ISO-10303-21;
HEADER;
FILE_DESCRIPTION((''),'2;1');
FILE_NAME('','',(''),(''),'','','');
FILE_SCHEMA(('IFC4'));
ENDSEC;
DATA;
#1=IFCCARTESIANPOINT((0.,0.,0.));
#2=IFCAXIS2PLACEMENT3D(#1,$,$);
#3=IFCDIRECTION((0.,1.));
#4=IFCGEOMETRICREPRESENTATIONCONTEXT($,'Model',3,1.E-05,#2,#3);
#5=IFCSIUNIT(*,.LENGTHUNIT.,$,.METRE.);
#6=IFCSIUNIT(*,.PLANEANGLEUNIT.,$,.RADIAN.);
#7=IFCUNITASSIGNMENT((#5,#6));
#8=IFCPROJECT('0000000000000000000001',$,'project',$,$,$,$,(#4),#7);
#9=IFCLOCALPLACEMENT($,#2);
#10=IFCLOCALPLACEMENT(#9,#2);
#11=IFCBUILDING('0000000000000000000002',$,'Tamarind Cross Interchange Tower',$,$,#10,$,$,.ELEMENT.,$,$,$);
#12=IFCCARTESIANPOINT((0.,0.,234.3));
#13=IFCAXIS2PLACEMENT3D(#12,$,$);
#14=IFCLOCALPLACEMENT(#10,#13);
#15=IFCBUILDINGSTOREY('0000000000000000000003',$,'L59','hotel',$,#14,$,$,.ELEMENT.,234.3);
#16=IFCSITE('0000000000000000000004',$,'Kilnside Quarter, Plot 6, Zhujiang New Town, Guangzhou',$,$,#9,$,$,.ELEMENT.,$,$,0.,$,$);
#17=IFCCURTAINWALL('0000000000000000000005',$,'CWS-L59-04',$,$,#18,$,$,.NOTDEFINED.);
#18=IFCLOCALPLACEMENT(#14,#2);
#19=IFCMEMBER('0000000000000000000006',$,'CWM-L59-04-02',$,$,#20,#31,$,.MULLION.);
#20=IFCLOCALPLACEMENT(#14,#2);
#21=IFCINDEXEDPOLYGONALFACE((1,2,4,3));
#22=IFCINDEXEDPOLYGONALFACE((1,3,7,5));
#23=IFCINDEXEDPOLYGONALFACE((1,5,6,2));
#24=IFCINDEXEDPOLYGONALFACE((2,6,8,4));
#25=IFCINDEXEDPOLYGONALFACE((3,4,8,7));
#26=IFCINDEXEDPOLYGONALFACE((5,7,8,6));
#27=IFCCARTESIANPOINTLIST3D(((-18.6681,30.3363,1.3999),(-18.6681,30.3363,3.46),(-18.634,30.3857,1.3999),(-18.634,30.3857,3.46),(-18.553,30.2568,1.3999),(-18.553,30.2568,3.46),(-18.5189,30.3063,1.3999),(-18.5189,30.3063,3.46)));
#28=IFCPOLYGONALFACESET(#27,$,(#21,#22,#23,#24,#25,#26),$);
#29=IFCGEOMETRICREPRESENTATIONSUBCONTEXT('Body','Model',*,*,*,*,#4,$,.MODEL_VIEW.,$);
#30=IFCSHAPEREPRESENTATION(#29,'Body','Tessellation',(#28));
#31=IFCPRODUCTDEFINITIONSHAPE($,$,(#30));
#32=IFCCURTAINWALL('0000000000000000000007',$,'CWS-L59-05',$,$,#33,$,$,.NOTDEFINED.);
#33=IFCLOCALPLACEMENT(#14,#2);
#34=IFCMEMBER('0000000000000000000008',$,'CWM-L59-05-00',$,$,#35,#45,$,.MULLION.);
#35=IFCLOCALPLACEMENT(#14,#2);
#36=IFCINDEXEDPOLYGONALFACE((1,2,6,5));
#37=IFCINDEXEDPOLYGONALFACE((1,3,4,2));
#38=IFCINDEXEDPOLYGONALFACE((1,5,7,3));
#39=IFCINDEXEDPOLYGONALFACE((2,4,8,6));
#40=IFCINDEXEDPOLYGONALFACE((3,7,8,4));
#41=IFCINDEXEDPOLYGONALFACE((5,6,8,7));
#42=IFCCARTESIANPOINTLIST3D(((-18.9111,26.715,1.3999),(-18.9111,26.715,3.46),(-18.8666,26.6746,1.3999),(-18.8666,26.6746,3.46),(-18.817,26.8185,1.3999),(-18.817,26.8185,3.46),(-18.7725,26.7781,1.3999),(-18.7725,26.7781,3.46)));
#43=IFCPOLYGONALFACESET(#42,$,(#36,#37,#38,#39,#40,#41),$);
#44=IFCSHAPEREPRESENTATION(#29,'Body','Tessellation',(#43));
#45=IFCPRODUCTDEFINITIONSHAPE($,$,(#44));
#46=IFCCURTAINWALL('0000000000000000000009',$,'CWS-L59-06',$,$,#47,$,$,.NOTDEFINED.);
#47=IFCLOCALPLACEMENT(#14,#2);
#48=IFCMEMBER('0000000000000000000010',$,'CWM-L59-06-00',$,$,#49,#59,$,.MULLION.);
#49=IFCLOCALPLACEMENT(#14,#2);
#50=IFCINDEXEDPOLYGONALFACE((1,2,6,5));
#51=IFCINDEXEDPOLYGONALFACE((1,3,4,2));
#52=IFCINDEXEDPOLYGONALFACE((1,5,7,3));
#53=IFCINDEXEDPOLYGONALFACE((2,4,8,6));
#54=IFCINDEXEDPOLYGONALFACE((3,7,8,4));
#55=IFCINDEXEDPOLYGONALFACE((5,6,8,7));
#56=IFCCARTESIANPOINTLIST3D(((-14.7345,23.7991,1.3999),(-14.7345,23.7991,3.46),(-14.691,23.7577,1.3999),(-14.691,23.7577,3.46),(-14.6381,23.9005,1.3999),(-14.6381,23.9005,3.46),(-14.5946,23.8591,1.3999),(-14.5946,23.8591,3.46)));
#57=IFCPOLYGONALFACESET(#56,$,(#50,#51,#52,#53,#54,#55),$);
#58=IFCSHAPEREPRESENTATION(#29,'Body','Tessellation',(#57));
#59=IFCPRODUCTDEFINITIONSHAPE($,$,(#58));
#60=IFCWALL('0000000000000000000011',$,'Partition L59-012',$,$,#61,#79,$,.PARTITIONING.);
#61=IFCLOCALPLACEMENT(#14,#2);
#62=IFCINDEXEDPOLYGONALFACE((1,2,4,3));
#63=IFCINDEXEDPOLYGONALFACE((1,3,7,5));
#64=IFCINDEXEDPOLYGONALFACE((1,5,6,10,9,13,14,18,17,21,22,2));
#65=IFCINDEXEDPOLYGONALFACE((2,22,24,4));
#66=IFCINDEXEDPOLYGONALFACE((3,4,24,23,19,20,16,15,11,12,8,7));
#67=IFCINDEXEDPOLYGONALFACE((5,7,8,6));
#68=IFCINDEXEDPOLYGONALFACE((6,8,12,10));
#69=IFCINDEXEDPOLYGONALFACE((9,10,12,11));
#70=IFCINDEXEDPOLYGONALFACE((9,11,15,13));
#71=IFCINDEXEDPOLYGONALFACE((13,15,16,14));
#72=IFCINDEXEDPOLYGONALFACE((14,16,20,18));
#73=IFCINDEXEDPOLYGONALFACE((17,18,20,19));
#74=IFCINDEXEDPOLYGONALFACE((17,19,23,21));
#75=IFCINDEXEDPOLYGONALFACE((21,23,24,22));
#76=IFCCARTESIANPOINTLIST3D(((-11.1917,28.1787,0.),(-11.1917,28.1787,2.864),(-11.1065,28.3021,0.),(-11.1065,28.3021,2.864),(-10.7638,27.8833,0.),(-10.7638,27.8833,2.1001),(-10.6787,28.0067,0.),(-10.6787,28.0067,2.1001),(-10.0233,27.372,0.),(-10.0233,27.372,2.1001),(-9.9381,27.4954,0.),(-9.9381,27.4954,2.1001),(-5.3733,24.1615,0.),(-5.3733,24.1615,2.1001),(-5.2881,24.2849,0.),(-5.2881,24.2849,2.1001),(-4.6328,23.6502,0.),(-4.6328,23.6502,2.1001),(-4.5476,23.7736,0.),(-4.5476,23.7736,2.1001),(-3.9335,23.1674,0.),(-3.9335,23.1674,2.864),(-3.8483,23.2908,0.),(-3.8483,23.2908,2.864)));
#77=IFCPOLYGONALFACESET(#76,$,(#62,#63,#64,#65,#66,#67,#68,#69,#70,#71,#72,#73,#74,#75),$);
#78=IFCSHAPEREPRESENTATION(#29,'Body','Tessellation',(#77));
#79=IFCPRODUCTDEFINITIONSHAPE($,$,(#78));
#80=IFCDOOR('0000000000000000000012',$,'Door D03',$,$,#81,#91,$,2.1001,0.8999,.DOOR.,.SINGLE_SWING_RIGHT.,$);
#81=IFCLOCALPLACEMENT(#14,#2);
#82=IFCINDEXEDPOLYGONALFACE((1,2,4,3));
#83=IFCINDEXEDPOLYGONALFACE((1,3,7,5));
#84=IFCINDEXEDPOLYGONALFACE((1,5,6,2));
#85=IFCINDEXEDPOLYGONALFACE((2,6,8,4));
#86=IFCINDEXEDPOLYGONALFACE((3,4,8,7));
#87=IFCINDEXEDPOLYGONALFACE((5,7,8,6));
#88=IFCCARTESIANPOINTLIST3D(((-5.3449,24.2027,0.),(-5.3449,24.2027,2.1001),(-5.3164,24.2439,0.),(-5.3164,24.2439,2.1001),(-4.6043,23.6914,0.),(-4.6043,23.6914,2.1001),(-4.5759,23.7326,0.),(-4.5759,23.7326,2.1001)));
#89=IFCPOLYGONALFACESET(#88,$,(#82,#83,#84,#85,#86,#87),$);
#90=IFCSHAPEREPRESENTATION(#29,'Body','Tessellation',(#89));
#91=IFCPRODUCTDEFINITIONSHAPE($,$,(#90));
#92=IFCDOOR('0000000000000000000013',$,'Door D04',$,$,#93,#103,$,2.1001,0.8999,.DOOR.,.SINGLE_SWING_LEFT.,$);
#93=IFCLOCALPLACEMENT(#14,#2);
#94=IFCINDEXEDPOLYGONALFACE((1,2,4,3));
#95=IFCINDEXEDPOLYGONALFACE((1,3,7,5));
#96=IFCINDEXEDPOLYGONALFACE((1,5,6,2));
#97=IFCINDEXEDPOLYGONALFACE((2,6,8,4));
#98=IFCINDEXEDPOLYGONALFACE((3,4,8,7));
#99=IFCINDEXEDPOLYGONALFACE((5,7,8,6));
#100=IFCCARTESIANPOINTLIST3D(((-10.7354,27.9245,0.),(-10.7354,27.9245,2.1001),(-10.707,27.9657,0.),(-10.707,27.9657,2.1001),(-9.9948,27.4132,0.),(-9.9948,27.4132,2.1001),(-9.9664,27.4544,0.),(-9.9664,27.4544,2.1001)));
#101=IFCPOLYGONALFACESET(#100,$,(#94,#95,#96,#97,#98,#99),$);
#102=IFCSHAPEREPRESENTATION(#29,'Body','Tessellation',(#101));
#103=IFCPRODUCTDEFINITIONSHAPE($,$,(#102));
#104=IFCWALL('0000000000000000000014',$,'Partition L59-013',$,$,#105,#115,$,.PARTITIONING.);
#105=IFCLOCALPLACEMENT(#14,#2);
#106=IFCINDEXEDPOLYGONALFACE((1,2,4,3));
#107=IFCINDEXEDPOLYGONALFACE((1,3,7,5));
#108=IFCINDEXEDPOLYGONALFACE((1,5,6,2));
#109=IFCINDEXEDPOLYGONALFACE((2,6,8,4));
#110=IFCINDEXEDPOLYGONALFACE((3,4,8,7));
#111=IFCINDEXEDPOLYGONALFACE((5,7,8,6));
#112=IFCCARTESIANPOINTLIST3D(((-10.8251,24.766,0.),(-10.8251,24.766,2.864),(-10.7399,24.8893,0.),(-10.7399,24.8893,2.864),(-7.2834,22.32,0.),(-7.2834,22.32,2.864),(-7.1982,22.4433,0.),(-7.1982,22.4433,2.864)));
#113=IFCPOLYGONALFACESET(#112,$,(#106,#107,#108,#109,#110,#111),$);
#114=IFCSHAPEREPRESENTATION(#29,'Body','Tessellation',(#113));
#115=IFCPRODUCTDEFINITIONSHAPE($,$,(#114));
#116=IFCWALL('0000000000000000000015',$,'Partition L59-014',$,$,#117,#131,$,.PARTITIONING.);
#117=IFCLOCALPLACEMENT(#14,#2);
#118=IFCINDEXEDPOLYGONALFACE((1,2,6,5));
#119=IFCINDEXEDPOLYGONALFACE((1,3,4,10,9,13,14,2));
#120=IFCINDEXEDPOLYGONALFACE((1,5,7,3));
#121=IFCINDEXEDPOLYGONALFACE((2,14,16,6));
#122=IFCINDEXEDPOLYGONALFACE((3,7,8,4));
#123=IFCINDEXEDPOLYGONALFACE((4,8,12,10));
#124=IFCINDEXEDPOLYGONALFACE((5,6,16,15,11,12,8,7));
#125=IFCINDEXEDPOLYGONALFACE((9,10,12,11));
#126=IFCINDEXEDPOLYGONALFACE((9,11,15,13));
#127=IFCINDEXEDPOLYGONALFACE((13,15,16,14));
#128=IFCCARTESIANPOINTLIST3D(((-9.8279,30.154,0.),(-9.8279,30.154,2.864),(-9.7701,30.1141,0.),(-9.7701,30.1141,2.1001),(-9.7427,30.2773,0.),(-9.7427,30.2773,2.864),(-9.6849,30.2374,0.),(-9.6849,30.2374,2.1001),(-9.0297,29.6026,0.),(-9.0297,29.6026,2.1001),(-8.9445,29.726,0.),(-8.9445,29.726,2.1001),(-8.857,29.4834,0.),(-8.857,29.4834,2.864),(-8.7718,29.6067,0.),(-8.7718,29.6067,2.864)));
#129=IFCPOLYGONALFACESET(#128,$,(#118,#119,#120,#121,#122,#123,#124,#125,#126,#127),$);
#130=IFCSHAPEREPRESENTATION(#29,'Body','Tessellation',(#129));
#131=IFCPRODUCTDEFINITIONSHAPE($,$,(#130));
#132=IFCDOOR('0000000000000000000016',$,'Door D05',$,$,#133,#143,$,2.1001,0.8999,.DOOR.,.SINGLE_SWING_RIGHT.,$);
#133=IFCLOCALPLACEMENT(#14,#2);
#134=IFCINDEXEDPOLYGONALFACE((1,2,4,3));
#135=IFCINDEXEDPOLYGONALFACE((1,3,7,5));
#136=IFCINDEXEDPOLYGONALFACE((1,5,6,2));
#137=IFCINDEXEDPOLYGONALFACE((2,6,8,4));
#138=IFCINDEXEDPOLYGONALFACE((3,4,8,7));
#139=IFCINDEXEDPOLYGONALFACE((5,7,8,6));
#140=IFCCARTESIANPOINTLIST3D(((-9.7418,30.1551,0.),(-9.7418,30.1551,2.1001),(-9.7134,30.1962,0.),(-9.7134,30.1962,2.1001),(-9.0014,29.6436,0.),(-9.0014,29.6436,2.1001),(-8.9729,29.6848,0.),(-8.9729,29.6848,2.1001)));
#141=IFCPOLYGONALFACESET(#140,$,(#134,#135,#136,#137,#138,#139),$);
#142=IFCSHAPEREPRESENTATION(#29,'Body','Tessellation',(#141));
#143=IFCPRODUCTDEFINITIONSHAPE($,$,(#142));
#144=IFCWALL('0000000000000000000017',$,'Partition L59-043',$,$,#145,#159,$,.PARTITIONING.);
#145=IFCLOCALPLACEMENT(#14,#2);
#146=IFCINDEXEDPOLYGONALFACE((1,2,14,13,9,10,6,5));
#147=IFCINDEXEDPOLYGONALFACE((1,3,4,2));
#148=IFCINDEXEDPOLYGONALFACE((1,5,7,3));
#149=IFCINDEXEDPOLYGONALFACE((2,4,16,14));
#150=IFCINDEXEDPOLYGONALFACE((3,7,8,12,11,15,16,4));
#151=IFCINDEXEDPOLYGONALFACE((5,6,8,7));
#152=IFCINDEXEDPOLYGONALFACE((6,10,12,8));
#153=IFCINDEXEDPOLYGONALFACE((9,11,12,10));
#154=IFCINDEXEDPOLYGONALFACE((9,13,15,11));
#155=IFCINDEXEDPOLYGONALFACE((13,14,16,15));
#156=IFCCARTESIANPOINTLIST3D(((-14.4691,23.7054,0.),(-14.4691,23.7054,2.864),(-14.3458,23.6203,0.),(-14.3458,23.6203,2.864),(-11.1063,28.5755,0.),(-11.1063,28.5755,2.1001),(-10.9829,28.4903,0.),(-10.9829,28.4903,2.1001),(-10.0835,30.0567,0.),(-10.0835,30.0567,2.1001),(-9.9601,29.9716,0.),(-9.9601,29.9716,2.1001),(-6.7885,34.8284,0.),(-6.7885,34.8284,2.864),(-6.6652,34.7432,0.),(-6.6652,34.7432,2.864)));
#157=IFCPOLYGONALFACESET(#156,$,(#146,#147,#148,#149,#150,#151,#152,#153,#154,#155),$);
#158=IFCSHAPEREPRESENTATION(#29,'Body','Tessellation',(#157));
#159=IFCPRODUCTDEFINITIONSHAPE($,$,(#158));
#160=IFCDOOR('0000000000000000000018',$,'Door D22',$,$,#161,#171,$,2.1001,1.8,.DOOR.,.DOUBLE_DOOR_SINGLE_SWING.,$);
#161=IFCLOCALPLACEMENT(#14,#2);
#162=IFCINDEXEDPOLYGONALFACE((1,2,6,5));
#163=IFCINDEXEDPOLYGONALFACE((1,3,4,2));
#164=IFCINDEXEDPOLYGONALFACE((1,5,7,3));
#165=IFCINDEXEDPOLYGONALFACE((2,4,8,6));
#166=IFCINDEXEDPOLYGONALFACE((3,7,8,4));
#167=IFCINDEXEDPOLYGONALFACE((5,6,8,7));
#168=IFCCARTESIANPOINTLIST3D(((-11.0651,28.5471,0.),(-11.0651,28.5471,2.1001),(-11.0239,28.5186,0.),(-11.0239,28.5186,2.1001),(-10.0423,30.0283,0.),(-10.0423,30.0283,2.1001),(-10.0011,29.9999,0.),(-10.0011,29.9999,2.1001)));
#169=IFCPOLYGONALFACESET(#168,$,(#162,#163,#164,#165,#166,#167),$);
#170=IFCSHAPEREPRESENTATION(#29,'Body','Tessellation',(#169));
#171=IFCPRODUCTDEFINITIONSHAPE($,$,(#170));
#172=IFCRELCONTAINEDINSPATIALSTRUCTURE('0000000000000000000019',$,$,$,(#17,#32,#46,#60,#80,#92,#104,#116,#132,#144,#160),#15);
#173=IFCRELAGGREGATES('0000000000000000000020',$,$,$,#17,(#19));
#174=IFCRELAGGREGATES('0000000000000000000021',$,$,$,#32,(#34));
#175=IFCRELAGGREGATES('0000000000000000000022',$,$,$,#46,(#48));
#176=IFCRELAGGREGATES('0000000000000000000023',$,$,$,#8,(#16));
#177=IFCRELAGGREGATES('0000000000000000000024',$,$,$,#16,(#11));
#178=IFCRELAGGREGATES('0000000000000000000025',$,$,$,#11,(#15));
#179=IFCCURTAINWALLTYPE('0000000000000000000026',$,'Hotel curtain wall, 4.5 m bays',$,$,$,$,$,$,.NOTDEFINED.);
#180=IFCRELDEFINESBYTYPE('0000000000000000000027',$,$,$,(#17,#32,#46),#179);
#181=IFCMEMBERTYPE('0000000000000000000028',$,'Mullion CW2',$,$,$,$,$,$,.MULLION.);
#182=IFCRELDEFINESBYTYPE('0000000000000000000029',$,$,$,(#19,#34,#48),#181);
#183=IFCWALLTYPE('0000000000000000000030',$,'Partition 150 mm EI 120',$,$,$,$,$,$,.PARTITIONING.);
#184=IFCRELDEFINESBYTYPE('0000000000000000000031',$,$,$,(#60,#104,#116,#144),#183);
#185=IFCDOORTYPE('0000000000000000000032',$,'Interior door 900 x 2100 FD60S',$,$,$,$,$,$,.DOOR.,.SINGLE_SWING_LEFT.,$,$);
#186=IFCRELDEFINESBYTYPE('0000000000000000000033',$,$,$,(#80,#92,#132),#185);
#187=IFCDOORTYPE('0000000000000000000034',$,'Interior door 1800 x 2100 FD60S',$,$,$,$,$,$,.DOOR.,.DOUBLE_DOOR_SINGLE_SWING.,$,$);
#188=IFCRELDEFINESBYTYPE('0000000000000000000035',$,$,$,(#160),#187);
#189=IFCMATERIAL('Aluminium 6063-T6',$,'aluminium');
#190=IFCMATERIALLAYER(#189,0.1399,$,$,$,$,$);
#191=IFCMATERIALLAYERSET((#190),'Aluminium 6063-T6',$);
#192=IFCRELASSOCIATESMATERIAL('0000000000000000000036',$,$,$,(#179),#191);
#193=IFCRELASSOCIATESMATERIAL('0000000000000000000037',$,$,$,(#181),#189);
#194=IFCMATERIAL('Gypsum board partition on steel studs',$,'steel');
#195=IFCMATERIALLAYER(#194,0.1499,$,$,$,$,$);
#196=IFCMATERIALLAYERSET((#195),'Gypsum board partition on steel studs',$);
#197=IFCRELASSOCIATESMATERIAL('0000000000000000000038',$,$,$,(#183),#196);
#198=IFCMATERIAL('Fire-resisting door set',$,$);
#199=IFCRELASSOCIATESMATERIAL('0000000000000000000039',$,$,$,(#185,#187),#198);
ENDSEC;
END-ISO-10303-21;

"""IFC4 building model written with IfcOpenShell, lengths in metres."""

from ifc_helpers import new_model, si_unit, direction, frame, frame_2d, origin, origin_2d, place, context, subcontext, project, spatial, rectangle, extrude, material, layer, layer_set, material_profile, profile_set, type_object, element, fill, aggregate, save


model = new_model("IFC4")

# Units and contexts
model_context = context("Model", 3, precision=1e-05, world=origin(), true_north=direction((0.0, 1.0)))
body_context = subcontext(model_context, "Body", "Model", "MODEL_VIEW")
ifc_project = project(units=[si_unit("LENGTHUNIT", "METRE"), si_unit("PLANEANGLEUNIT", "RADIAN")], contexts=[model_context])

# Site, building, storey
site_placement = place(None, origin())
site = spatial("IfcSite", under=ifc_project, at=site_placement, Name="Kilnside Quarter, Plot 6, Zhujiang New Town, Guangzhou", CompositionType="ELEMENT", RefElevation=0.0)
building_placement = place(site_placement, origin())
building = spatial("IfcBuilding", under=site, at=building_placement, Name="Tamarind Cross Interchange Tower", CompositionType="ELEMENT")
storey_placement = place(building_placement, frame((0.0, 0.0, 234.3)))
storey = spatial("IfcBuildingStorey", under=building, at=storey_placement, Name="L59", Description="hotel", CompositionType="ELEMENT", Elevation=234.3)

# Curtain wall, member
ifc_material_1 = material(Name="Aluminium 6063-T6", Category="aluminium")
ifc_layer_1 = layer(ifc_material_1, 0.1399)
ifc_layer_set_1 = layer_set([ifc_layer_1], Name="Aluminium 6063-T6")
curtain_wall_type = type_object("IfcCurtainWallType", Name="Hotel curtain wall, 4.5 m bays", PredefinedType="NOTDEFINED", material=ifc_layer_set_1)
ifc_material_profile_1 = material_profile(ifc_material_1, rectangle(XDim=0.0601, YDim=0.1399, at=origin_2d()), Name="Mullion CW2")
ifc_profile_set_1 = profile_set([ifc_material_profile_1], Name="Aluminium 6063-T6")
member_type = type_object("IfcMemberType", Name="Mullion CW2", PredefinedType="MULLION", material=ifc_profile_set_1)
curtain_wall_1_placement = place(storey_placement, origin())
curtain_wall_1 = element("IfcCurtainWall", 1, at=curtain_wall_1_placement, inside=storey, type_object=curtain_wall_type, Name="CWS-L59-04", PredefinedType="NOTDEFINED")
member_1_placement = place(storey_placement, frame((-18.5935, 30.3213, 1.3999), z_axis=(0.0, 0.0, 1.0), x_axis=(-0.568211, -0.822883, 0.0)))
member_1 = element("IfcMember", 2, at=member_1_placement, type_object=member_type, Name="CWM-L59-04-02", PredefinedType="MULLION", context=body_context, shape_type="SweptSolid", body=[
    extrude(rectangle(XDim=0.0601, YDim=0.1399, at=origin_2d()), origin(), (0.0, 0.0, 1.0), 2.0601),
])
aggregate(curtain_wall_1, [member_1])

# Curtain walls, members
curtain_wall_2_placement = place(storey_placement, origin())
curtain_wall_2 = element("IfcCurtainWall", 3, at=curtain_wall_2_placement, inside=storey, type_object=curtain_wall_type, Name="CWS-L59-05", PredefinedType="NOTDEFINED")
member_2_placement = place(storey_placement, frame((-18.8418, 26.7466, 1.3999), z_axis=(0.0, 0.0, 1.0), x_axis=(0.739877, -0.672742, 0.0)))
member_2 = element("IfcMember", 4, at=member_2_placement, type_object=member_type, Name="CWM-L59-05-00", PredefinedType="MULLION", context=body_context, shape_type="SweptSolid", body=[
    extrude(rectangle(XDim=0.0601, YDim=0.1399, at=origin_2d()), origin(), (0.0, 0.0, 1.0), 2.0601),
])
aggregate(curtain_wall_2, [member_2])
curtain_wall_3_placement = place(storey_placement, origin())
curtain_wall_3 = element("IfcCurtainWall", 5, at=curtain_wall_3_placement, inside=storey, type_object=curtain_wall_type, Name="CWS-L59-06", PredefinedType="NOTDEFINED")
member_3_placement = place(storey_placement, frame((-14.6646, 23.8291, 1.3999), z_axis=(0.0, 0.0, 1.0), x_axis=(0.72484, -0.688917, 0.0)))
member_3 = element("IfcMember", 6, at=member_3_placement, type_object=member_type, Name="CWM-L59-06-00", PredefinedType="MULLION", context=body_context, shape_type="SweptSolid", body=[
    extrude(rectangle(XDim=0.0601, YDim=0.1399, at=origin_2d()), origin(), (0.0, 0.0, 1.0), 2.0601),
])
aggregate(curtain_wall_3, [member_3])

# Wall, openings, doors
ifc_material_2 = material(Name="Gypsum board partition on steel studs", Category="steel")
ifc_layer_2 = layer(ifc_material_2, 0.1499)
ifc_layer_set_2 = layer_set([ifc_layer_2], Name="Gypsum board partition on steel studs")
wall_type = type_object("IfcWallType", Name="Partition 150 mm EI 120", PredefinedType="PARTITIONING", material=ifc_layer_set_2)
wall_1_placement = place(storey_placement, frame((-11.1492, 28.2405, 0.0), z_axis=(0.0, 0.0, 1.0), x_axis=(0.822912, -0.568169, 0.0)))
wall_1 = element("IfcWall", 7, at=wall_1_placement, inside=storey, type_object=wall_type, Name="Partition L59-012", PredefinedType="PARTITIONING", context=body_context, shape_type="SweptSolid", body=[
    extrude(rectangle(XDim=8.8201, YDim=0.1499, at=frame_2d((4.4102, 0.0))), origin(), (0.0, 0.0, 1.0), 2.864),
])
opening_1_placement = place(wall_1_placement, frame((7.0706, 0.0, 0.0)))
opening_1 = element("IfcOpeningElement", 8, at=opening_1_placement, cuts=wall_1, PredefinedType="OPENING", context=body_context, shape_type="SweptSolid", body=[
    extrude(rectangle(XDim=0.8999, YDim=2.1001, at=frame_2d((0.45, 1.05))), frame((0.0, 0.085, 0.0), z_axis=(0.0, -1.0, 0.0), x_axis=(1.0, 0.0, 0.0)), (0.0, 0.0, 1.0), 0.1699),
])
opening_2_placement = place(wall_1_placement, frame((0.52, 0.0, 0.0)))
opening_2 = element("IfcOpeningElement", 9, at=opening_2_placement, cuts=wall_1, PredefinedType="OPENING", context=body_context, shape_type="SweptSolid", body=[
    extrude(rectangle(XDim=0.8999, YDim=2.1001, at=frame_2d((0.45, 1.05))), frame((0.0, 0.085, 0.0), z_axis=(0.0, -1.0, 0.0), x_axis=(1.0, 0.0, 0.0)), (0.0, 0.0, 1.0), 0.1699),
])
ifc_material_3 = material(Name="Fire-resisting door set")
door_type_1 = type_object("IfcDoorType", Name="Interior door 900 x 2100 FD60S", OperationType="SINGLE_SWING_LEFT", PredefinedType="DOOR", material=ifc_material_3)
door_1_placement = place(opening_1_placement, frame((0.8999, 0.0, 0.0), z_axis=(0.0, 0.0, 1.0), x_axis=(-1.0, 0.0, 0.0)))
door_1 = element("IfcDoor", 10, at=door_1_placement, inside=storey, type_object=door_type_1, Name="Door D03", OperationType="SINGLE_SWING_RIGHT", OverallHeight=2.1001, OverallWidth=0.8999, PredefinedType="DOOR", context=body_context, shape_type="SweptSolid", body=[
    extrude(rectangle(XDim=0.8999, YDim=2.1001, at=frame_2d((0.45, 1.05))), frame((0.0, 0.0249, 0.0), z_axis=(0.0, -1.0, 0.0), x_axis=(1.0, 0.0, 0.0)), (0.0, 0.0, 1.0), 0.05),
])
fill(opening_1, door_1)
door_2_placement = place(opening_2_placement, frame((0.8999, 0.0, 0.0), z_axis=(0.0, 0.0, 1.0), x_axis=(-1.0, 0.0, 0.0)))
door_2 = element("IfcDoor", 11, at=door_2_placement, inside=storey, type_object=door_type_1, Name="Door D04", OperationType="SINGLE_SWING_LEFT", OverallHeight=2.1001, OverallWidth=0.8999, PredefinedType="DOOR", context=body_context, shape_type="SweptSolid", body=[
    extrude(rectangle(XDim=0.8999, YDim=2.1001, at=frame_2d((0.45, 1.05))), frame((0.0, 0.0249, 0.0), z_axis=(0.0, -1.0, 0.0), x_axis=(1.0, 0.0, 0.0)), (0.0, 0.0, 1.0), 0.05),
])
fill(opening_2, door_2)

# Wall
wall_2_placement = place(storey_placement, frame((-10.7825, 24.8276, 0.0), z_axis=(0.0, 0.0, 1.0), x_axis=(0.822837, -0.568278, 0.0)))
element("IfcWall", 12, at=wall_2_placement, inside=storey, type_object=wall_type, Name="Partition L59-013", PredefinedType="PARTITIONING", context=body_context, shape_type="SweptSolid", body=[
    extrude(rectangle(XDim=4.3042, YDim=0.1499, at=frame_2d((2.1521, 0.0))), origin(), (0.0, 0.0, 1.0), 2.864),
])

# Walls, openings, doors
wall_3_placement = place(storey_placement, frame((-9.7852, 30.2156, 0.0), z_axis=(0.0, 0.0, 1.0), x_axis=(0.822802, -0.568327, 0.0)))
wall_3 = element("IfcWall", 13, at=wall_3_placement, inside=storey, type_object=wall_type, Name="Partition L59-014", PredefinedType="PARTITIONING", context=body_context, shape_type="SweptSolid", body=[
    extrude(rectangle(XDim=1.1799, YDim=0.1499, at=frame_2d((0.5898, 0.0))), origin(), (0.0, 0.0, 1.0), 2.864),
])
opening_3_placement = place(wall_3_placement, frame((0.0701, 0.0, 0.0)))
opening_3 = element("IfcOpeningElement", 14, at=opening_3_placement, cuts=wall_3, PredefinedType="OPENING", context=body_context, shape_type="SweptSolid", body=[
    extrude(rectangle(XDim=0.8999, YDim=2.1001, at=frame_2d((0.45, 1.05))), frame((0.0, 0.085, 0.0), z_axis=(0.0, -1.0, 0.0), x_axis=(1.0, 0.0, 0.0)), (0.0, 0.0, 1.0), 0.1699),
])
door_3_placement = place(opening_3_placement, origin())
door_3 = element("IfcDoor", 15, at=door_3_placement, inside=storey, type_object=door_type_1, Name="Door D05", OperationType="SINGLE_SWING_RIGHT", OverallHeight=2.1001, OverallWidth=0.8999, PredefinedType="DOOR", context=body_context, shape_type="SweptSolid", body=[
    extrude(rectangle(XDim=0.8999, YDim=2.1001, at=frame_2d((0.45, 1.05))), frame((0.0, 0.0249, 0.0), z_axis=(0.0, -1.0, 0.0), x_axis=(1.0, 0.0, 0.0)), (0.0, 0.0, 1.0), 0.05),
])
fill(opening_3, door_3)
wall_4_placement = place(storey_placement, frame((-14.4075, 23.6628, 0.0), z_axis=(0.0, 0.0, 1.0), x_axis=(0.568214, 0.822881, 0.0)))
wall_4 = element("IfcWall", 16, at=wall_4_placement, inside=storey, type_object=wall_type, Name="Partition L59-043", PredefinedType="PARTITIONING", context=body_context, shape_type="SweptSolid", body=[
    extrude(rectangle(XDim=13.5171, YDim=0.1499, at=frame_2d((6.7585, 0.0))), origin(), (0.0, 0.0, 1.0), 2.864),
])
opening_4_placement = place(wall_4_placement, frame((5.9185, 0.0, 0.0)))
opening_4 = element("IfcOpeningElement", 17, at=opening_4_placement, cuts=wall_4, PredefinedType="OPENING", context=body_context, shape_type="SweptSolid", body=[
    extrude(rectangle(XDim=1.8, YDim=2.1001, at=frame_2d((0.8999, 1.05))), frame((0.0, 0.085, 0.0), z_axis=(0.0, -1.0, 0.0), x_axis=(1.0, 0.0, 0.0)), (0.0, 0.0, 1.0), 0.1699),
])
door_type_2 = type_object("IfcDoorType", Name="Interior door 1800 x 2100 FD60S", OperationType="DOUBLE_DOOR_SINGLE_SWING", PredefinedType="DOOR", material=ifc_material_3)
door_4_placement = place(opening_4_placement, origin())
door_4 = element("IfcDoor", 18, at=door_4_placement, inside=storey, type_object=door_type_2, Name="Door D22", OperationType="DOUBLE_DOOR_SINGLE_SWING", OverallHeight=2.1001, OverallWidth=1.8, PredefinedType="DOOR", context=body_context, shape_type="SweptSolid", body=[
    extrude(rectangle(XDim=1.8, YDim=2.1001, at=frame_2d((0.8999, 1.05))), frame((0.0, 0.0249, 0.0), z_axis=(0.0, -1.0, 0.0), x_axis=(1.0, 0.0, 0.0)), (0.0, 0.0, 1.0), 0.05),
])
fill(opening_4, door_4)

save(model, "model.ifc")
